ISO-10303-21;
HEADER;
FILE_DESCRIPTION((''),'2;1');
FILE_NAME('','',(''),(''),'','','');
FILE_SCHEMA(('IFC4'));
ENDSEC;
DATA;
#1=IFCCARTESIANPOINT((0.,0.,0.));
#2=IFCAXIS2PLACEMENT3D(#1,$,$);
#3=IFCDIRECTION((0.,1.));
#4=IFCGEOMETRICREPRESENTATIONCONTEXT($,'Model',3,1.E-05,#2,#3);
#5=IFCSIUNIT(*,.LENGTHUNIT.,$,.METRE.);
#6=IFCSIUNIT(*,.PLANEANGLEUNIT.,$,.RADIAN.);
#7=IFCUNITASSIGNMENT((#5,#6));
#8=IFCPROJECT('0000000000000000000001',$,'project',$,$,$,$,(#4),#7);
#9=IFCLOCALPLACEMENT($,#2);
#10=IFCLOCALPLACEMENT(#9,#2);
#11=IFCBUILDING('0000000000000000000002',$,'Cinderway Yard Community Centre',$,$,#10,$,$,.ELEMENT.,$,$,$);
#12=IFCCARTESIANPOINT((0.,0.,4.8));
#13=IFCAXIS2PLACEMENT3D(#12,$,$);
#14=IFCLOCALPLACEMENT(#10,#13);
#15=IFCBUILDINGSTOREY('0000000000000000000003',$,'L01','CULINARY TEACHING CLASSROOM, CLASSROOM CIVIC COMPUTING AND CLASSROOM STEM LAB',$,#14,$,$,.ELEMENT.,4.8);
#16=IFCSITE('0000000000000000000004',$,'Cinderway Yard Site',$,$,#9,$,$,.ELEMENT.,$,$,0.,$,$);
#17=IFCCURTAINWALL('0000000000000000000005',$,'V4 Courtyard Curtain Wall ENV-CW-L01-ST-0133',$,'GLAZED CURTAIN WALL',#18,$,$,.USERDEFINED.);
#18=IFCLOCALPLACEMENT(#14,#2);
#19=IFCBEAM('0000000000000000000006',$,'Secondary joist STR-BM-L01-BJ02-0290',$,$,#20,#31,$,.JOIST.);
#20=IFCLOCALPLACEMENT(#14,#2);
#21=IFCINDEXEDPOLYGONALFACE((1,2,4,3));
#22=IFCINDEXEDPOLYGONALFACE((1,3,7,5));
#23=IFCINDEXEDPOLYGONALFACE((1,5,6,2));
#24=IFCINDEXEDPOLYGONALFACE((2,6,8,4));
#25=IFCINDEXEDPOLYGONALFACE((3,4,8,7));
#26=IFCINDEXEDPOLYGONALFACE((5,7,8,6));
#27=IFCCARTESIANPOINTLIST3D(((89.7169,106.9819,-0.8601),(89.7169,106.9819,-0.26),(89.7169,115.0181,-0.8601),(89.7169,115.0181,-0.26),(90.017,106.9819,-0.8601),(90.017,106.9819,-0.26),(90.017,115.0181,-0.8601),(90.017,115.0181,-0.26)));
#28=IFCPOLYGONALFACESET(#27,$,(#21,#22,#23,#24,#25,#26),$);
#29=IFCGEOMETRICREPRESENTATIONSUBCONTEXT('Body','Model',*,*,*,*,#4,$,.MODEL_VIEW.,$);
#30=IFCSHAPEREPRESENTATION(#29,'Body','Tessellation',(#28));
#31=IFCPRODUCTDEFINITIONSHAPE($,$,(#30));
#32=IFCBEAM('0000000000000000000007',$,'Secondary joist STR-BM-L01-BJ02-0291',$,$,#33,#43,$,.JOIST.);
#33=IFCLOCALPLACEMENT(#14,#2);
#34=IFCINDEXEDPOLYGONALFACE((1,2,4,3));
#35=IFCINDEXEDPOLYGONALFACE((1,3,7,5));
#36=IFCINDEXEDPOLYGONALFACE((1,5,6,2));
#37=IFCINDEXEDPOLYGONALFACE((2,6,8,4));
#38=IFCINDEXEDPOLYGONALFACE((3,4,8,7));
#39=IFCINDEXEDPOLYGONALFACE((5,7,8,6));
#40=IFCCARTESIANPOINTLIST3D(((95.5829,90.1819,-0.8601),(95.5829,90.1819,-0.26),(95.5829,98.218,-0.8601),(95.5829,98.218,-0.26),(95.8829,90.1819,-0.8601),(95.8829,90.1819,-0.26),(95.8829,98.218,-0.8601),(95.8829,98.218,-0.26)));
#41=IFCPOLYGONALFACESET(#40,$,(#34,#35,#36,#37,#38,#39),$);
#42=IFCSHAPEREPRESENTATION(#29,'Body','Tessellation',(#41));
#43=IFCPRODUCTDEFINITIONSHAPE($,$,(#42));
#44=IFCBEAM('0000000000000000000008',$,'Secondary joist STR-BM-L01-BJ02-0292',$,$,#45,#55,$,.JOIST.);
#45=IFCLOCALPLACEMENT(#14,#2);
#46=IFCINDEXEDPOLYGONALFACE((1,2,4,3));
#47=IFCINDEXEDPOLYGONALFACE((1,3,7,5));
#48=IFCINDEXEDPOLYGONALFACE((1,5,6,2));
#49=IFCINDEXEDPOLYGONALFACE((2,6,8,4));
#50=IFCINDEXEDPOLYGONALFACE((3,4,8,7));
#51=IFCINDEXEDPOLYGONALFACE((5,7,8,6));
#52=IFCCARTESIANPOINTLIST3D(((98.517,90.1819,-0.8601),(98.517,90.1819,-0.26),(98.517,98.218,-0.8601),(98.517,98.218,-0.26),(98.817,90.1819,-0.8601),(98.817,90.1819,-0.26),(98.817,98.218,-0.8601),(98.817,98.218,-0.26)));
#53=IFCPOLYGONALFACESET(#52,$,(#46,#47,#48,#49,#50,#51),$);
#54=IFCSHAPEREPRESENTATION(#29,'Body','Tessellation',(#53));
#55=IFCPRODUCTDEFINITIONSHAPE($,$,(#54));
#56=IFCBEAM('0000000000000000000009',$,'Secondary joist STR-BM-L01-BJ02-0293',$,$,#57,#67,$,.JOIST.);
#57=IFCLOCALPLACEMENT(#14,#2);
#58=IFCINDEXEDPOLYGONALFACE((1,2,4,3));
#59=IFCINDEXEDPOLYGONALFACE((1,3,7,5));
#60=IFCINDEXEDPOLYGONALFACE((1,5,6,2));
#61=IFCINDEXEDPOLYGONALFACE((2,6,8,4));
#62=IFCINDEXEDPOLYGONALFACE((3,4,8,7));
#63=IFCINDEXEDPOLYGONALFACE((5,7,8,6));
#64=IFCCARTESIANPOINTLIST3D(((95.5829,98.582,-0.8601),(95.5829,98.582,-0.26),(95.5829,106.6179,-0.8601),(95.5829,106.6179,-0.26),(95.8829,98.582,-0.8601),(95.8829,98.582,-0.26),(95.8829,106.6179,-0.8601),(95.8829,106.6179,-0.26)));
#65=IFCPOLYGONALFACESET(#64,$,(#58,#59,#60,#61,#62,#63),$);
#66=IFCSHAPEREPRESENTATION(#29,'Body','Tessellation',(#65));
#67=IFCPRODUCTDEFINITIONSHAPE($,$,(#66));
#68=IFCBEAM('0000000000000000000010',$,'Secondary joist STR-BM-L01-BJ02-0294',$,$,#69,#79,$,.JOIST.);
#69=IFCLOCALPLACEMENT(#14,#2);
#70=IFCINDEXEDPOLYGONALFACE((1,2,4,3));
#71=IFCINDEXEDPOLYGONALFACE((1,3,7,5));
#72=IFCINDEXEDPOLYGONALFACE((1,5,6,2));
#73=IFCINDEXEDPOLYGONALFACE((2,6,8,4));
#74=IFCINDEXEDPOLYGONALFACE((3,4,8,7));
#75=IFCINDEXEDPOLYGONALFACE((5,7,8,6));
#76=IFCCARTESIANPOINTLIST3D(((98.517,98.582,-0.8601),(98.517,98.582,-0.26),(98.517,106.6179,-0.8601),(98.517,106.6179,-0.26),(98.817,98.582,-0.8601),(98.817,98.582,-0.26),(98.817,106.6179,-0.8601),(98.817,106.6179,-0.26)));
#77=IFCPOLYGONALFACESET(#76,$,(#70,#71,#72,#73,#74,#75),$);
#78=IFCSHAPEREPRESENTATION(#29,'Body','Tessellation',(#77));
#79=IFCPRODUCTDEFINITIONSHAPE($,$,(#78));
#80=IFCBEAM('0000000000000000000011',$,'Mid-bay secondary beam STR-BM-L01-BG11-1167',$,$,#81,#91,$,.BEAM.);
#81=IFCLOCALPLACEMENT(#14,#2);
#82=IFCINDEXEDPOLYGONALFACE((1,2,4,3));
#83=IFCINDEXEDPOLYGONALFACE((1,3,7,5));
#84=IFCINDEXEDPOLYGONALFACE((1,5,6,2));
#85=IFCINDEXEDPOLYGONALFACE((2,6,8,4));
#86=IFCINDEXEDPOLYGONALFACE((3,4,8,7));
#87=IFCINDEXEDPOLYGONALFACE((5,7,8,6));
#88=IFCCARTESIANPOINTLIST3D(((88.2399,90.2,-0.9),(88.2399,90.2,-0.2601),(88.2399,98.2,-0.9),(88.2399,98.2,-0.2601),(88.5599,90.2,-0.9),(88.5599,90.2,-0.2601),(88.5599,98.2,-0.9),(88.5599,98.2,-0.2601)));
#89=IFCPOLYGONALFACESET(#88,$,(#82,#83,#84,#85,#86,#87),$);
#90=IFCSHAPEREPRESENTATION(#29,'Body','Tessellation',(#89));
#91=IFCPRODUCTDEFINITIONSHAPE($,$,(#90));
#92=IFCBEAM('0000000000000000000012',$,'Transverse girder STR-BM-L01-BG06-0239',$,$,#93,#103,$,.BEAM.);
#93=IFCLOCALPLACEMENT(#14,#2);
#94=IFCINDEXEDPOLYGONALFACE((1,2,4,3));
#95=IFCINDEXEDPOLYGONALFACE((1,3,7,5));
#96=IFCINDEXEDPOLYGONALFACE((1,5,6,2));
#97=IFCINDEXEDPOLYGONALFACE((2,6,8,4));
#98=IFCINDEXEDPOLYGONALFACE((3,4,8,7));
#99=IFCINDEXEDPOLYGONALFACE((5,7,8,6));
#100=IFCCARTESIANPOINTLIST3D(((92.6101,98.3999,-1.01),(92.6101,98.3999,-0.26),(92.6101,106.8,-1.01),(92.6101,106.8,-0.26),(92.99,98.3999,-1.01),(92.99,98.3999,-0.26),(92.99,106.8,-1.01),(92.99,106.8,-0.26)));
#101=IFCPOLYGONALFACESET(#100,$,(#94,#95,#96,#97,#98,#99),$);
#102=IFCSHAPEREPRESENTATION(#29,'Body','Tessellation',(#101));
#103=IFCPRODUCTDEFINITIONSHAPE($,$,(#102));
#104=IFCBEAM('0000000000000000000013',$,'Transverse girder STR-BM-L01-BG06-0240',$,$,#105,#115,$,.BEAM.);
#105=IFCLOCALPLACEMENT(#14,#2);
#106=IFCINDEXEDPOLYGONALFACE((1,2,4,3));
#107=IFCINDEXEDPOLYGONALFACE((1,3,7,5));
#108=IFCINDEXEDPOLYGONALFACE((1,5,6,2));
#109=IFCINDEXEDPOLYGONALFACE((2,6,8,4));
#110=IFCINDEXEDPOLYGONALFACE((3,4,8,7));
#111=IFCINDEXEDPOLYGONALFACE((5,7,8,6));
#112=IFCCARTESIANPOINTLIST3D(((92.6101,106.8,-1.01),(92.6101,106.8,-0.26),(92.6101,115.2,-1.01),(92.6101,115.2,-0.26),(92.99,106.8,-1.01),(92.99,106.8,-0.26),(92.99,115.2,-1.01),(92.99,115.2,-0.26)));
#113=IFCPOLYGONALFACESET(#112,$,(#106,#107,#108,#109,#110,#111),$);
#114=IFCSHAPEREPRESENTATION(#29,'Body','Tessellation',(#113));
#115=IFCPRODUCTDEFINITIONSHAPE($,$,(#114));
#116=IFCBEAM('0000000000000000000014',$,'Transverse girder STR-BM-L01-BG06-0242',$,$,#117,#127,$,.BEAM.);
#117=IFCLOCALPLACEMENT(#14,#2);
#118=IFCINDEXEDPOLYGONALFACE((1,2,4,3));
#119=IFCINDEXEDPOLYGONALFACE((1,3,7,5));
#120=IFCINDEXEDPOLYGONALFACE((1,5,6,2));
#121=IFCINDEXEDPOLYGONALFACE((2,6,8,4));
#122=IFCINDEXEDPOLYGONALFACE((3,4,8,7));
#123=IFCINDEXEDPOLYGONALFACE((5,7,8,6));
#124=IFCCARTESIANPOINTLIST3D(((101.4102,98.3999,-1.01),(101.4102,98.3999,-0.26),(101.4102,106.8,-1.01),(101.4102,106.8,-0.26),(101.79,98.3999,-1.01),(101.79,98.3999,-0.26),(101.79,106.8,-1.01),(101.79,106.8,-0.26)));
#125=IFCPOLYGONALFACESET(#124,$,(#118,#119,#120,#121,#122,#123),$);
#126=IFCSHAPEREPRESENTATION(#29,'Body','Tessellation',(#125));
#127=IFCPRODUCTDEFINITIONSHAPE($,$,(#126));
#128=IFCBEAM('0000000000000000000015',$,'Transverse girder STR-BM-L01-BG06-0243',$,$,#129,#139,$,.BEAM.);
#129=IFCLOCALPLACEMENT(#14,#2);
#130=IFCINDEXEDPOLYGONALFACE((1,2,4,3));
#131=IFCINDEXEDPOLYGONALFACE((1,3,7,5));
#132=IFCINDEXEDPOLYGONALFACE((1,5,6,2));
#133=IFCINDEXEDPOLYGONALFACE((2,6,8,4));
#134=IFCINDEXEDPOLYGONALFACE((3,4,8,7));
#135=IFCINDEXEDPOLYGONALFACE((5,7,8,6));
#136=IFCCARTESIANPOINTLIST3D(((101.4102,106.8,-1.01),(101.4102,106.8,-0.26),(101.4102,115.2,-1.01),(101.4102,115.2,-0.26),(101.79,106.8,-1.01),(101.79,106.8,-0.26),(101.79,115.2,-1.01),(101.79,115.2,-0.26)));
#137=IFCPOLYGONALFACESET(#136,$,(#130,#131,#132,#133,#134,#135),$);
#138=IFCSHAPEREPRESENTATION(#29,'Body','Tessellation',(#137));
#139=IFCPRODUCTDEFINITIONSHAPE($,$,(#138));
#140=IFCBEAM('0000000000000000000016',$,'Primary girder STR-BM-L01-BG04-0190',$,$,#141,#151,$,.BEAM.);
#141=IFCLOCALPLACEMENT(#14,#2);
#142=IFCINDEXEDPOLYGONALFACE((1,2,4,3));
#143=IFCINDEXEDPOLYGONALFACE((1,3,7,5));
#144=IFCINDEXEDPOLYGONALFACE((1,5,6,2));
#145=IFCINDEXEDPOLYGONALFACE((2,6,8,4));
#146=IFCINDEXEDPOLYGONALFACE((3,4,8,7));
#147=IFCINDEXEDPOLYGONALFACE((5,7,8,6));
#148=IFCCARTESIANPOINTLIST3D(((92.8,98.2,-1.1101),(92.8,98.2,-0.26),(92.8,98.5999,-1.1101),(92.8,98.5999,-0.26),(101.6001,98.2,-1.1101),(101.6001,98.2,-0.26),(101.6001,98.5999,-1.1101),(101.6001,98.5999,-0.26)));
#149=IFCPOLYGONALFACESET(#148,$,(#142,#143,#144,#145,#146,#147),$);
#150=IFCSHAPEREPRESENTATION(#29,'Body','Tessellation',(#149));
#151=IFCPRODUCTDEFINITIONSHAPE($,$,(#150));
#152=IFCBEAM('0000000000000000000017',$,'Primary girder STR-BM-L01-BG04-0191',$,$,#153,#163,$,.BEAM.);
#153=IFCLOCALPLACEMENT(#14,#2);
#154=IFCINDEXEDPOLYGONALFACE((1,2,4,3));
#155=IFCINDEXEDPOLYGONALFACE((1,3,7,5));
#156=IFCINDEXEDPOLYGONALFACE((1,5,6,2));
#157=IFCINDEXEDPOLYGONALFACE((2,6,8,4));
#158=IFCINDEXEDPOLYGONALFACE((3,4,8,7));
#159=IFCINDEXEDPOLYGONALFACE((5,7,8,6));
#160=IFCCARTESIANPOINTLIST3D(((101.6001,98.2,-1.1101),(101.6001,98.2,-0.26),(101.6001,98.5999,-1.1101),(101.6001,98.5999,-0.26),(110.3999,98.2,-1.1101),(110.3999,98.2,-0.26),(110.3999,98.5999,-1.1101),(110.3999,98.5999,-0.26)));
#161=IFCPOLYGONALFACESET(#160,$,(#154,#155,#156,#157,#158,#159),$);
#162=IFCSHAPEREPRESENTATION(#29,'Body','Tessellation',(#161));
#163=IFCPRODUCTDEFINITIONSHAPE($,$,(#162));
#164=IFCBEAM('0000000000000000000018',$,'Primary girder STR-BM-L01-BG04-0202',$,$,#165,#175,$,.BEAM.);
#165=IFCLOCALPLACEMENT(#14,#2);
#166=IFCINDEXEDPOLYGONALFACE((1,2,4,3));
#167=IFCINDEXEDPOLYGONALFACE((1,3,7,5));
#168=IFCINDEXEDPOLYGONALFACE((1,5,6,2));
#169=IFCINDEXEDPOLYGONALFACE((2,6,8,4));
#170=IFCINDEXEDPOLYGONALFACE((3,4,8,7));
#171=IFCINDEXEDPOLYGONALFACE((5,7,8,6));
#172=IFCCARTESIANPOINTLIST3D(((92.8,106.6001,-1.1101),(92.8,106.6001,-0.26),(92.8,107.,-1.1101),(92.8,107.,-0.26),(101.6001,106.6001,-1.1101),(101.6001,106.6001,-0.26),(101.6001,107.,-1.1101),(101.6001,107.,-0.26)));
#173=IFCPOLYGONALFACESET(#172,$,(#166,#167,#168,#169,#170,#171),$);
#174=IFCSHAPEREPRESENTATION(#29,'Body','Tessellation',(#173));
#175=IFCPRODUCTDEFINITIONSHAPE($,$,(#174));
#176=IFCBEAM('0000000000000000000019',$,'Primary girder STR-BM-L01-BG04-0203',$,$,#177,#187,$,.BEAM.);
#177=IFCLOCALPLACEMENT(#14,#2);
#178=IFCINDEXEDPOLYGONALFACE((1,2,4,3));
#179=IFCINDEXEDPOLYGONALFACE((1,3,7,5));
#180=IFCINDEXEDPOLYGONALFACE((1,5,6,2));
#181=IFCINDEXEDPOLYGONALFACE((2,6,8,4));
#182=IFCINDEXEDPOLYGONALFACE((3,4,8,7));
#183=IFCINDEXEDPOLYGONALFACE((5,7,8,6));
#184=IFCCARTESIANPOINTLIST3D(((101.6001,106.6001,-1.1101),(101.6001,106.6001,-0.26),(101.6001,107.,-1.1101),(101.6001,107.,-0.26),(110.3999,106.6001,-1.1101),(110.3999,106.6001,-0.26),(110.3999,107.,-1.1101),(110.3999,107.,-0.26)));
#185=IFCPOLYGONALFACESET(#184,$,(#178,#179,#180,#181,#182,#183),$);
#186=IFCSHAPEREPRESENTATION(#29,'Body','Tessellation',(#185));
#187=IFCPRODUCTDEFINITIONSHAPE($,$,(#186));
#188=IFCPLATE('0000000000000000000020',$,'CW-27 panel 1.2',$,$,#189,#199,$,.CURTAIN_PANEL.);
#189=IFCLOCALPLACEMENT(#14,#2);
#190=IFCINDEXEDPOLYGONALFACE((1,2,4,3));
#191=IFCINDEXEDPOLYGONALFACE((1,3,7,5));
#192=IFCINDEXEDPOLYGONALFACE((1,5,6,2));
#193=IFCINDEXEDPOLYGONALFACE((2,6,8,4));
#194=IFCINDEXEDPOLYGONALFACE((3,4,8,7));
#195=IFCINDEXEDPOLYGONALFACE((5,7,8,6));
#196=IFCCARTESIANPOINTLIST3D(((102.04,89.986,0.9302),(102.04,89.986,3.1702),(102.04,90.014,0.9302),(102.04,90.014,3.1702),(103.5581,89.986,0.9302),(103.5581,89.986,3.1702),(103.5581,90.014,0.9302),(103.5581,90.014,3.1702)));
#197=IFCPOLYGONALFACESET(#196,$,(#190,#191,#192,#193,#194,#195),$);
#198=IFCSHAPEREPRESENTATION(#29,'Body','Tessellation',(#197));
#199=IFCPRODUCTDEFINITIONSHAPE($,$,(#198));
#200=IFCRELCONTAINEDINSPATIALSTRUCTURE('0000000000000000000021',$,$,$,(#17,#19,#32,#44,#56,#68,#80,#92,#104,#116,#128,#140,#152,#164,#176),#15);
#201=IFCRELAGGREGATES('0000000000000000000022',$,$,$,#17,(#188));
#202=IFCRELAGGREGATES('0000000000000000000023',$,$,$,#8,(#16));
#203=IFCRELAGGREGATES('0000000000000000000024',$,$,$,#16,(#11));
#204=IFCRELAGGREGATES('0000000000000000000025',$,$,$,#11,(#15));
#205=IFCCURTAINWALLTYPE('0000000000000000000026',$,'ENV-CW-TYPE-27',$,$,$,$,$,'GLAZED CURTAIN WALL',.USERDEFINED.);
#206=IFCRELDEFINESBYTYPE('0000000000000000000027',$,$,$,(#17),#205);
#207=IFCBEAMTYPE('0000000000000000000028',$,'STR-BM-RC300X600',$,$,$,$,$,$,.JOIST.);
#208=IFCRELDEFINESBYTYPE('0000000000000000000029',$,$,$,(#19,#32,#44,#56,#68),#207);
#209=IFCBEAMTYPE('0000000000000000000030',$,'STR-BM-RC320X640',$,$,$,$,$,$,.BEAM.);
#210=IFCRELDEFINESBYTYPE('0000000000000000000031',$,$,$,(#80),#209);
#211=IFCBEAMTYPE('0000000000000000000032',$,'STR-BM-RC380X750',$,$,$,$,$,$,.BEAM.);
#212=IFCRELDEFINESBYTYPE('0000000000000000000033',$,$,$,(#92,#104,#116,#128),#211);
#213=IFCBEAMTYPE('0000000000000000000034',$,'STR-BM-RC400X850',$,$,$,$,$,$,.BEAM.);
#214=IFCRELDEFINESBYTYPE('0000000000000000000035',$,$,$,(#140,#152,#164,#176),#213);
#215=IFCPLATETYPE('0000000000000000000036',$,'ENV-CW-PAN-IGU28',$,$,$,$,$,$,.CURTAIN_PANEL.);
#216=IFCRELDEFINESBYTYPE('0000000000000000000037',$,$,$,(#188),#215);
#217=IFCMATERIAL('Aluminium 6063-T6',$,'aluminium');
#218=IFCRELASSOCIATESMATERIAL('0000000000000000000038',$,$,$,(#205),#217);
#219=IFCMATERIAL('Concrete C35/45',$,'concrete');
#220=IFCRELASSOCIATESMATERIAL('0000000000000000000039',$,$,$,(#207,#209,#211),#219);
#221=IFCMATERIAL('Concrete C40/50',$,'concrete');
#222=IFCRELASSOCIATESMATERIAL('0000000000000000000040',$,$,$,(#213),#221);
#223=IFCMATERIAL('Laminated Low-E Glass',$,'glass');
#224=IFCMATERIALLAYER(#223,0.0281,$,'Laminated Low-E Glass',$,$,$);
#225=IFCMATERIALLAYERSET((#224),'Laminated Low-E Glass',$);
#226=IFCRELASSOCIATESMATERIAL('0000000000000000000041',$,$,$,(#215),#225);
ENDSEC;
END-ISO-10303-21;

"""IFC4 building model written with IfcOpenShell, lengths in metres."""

from ifc_helpers import new_model, si_unit, direction, frame, origin, origin_2d, place, context, subcontext, project, spatial, rectangle, extrude, material, layer, layer_set, material_profile, profile_set, type_object, element, aggregate, save


model = new_model("IFC4")

# Units and contexts
model_context = context("Model", 3, precision=1e-05, world=origin(), true_north=direction((0.0, 1.0)))
body_context = subcontext(model_context, "Body", "Model", "MODEL_VIEW")
ifc_project = project(units=[si_unit("LENGTHUNIT", "METRE"), si_unit("PLANEANGLEUNIT", "RADIAN")], contexts=[model_context])

# Site, building, storey
site_placement = place(None, origin())
site = spatial("IfcSite", under=ifc_project, at=site_placement, Name="Cinderway Yard Site", CompositionType="ELEMENT", RefElevation=0.0)
building_placement = place(site_placement, origin())
building = spatial("IfcBuilding", under=site, at=building_placement, Name="Cinderway Yard Community Centre", CompositionType="ELEMENT")
storey_placement = place(building_placement, frame((0.0, 0.0, 4.8)))
storey = spatial("IfcBuildingStorey", under=building, at=storey_placement, Name="L01", Description="CULINARY TEACHING CLASSROOM, CLASSROOM CIVIC COMPUTING AND CLASSROOM STEM LAB", CompositionType="ELEMENT", Elevation=4.8)

# Shared definitions
ifc_material_1 = material(Name="Concrete C40/50", Category="concrete")

# Curtain wall
ifc_material_2 = material(Name="Aluminium 6063-T6", Category="aluminium")
curtain_wall_type = type_object("IfcCurtainWallType", Name="ENV-CW-TYPE-27", ElementType="GLAZED CURTAIN WALL", PredefinedType="USERDEFINED", material=ifc_material_2)
curtain_wall_placement = place(storey_placement, origin())
curtain_wall = element("IfcCurtainWall", 1, at=curtain_wall_placement, inside=storey, type_object=curtain_wall_type, Name="V4 Courtyard Curtain Wall ENV-CW-L01-ST-0133", ObjectType="GLAZED CURTAIN WALL", PredefinedType="USERDEFINED")

# Beams
ifc_material_3 = material(Name="Concrete C35/45", Category="concrete")
ifc_material_profile_1 = material_profile(ifc_material_3, rectangle(XDim=0.3, YDim=0.6001, at=origin_2d()), Name="Concrete C35/45")
ifc_profile_set_1 = profile_set([ifc_material_profile_1], Name="Concrete C35/45")
beam_type_1 = type_object("IfcBeamType", Name="STR-BM-RC300X600", PredefinedType="JOIST", material=ifc_profile_set_1)
for number, where, z_axis, x_axis, name in (
    (2, (89.8669, 106.9819, -0.5601), (0.0, 1.0, 0.0), (-1.0, 0.0, 0.0), "Secondary joist STR-BM-L01-BJ02-0290"),
    (3, (95.7329, 90.1819, -0.5601), (0.0, 1.0, 0.0), (-1.0, 0.0, 0.0), "Secondary joist STR-BM-L01-BJ02-0291"),
    (4, (98.667, 90.1819, -0.5601), (0.0, 1.0, 0.0), (-1.0, 0.0, 0.0), "Secondary joist STR-BM-L01-BJ02-0292"),
):
    element("IfcBeam", number, at=place(storey_placement, frame(where, z_axis=z_axis, x_axis=x_axis)), inside=storey, type_object=beam_type_1, Name=name, PredefinedType="JOIST", context=body_context, shape_type="SweptSolid", body=[
        extrude(rectangle(XDim=0.3, YDim=0.6001, at=origin_2d()), origin(), (0.0, 0.0, 1.0), 8.0361),
    ])
for number, where, z_axis, x_axis, name in (
    (5, (95.7329, 98.582, -0.5601), (0.0, 1.0, 0.0), (-1.0, 0.0, 0.0), "Secondary joist STR-BM-L01-BJ02-0293"),
    (6, (98.667, 98.582, -0.5601), (0.0, 1.0, 0.0), (-1.0, 0.0, 0.0), "Secondary joist STR-BM-L01-BJ02-0294"),
):
    element("IfcBeam", number, at=place(storey_placement, frame(where, z_axis=z_axis, x_axis=x_axis)), inside=storey, type_object=beam_type_1, Name=name, PredefinedType="JOIST", context=body_context, shape_type="SweptSolid", body=[
        extrude(rectangle(XDim=0.3, YDim=0.6001, at=origin_2d()), origin(), (0.0, 0.0, 1.0), 8.0359),
    ])
ifc_material_profile_2 = material_profile(ifc_material_3, rectangle(XDim=0.3201, YDim=0.6399, at=origin_2d()), Name="Concrete C35/45")
ifc_profile_set_2 = profile_set([ifc_material_profile_2], Name="Concrete C35/45")
beam_type_2 = type_object("IfcBeamType", Name="STR-BM-RC320X640", PredefinedType="BEAM", material=ifc_profile_set_2)
beam_1_placement = place(storey_placement, frame((88.3999, 90.2, -0.5801), z_axis=(0.0, 1.0, 0.0), x_axis=(-1.0, 0.0, 0.0)))
element("IfcBeam", 7, at=beam_1_placement, inside=storey, type_object=beam_type_2, Name="Mid-bay secondary beam STR-BM-L01-BG11-1167", PredefinedType="BEAM", context=body_context, shape_type="SweptSolid", body=[
    extrude(rectangle(XDim=0.3201, YDim=0.6399, at=origin_2d()), origin(), (0.0, 0.0, 1.0), 8.0),
])
ifc_material_profile_3 = material_profile(ifc_material_3, rectangle(XDim=0.3799, YDim=0.75, at=origin_2d()), Name="Concrete C35/45")
ifc_profile_set_3 = profile_set([ifc_material_profile_3], Name="Concrete C35/45")
beam_type_3 = type_object("IfcBeamType", Name="STR-BM-RC380X750", PredefinedType="BEAM", material=ifc_profile_set_3)
beam_2_placement = place(storey_placement, frame((92.8, 98.3999, -0.635), z_axis=(0.0, 1.0, 0.0), x_axis=(-1.0, 0.0, 0.0)))
element("IfcBeam", 8, at=beam_2_placement, inside=storey, type_object=beam_type_3, Name="Transverse girder STR-BM-L01-BG06-0239", PredefinedType="BEAM", context=body_context, shape_type="SweptSolid", body=[
    extrude(rectangle(XDim=0.3799, YDim=0.75, at=origin_2d()), origin(), (0.0, 0.0, 1.0), 8.4001),
])
beam_3_placement = place(storey_placement, frame((92.8, 106.8, -0.635), z_axis=(0.0, 1.0, 0.0), x_axis=(-1.0, 0.0, 0.0)))
element("IfcBeam", 9, at=beam_3_placement, inside=storey, type_object=beam_type_3, Name="Transverse girder STR-BM-L01-BG06-0240", PredefinedType="BEAM", context=body_context, shape_type="SweptSolid", body=[
    extrude(rectangle(XDim=0.3799, YDim=0.75, at=origin_2d()), origin(), (0.0, 0.0, 1.0), 8.3999),
])
beam_4_placement = place(storey_placement, frame((101.6001, 98.3999, -0.635), z_axis=(0.0, 1.0, 0.0), x_axis=(-1.0, 0.0, 0.0)))
element("IfcBeam", 10, at=beam_4_placement, inside=storey, type_object=beam_type_3, Name="Transverse girder STR-BM-L01-BG06-0242", PredefinedType="BEAM", context=body_context, shape_type="SweptSolid", body=[
    extrude(rectangle(XDim=0.3799, YDim=0.75, at=origin_2d()), origin(), (0.0, 0.0, 1.0), 8.4001),
])
beam_5_placement = place(storey_placement, frame((101.6001, 106.8, -0.635), z_axis=(0.0, 1.0, 0.0), x_axis=(-1.0, 0.0, 0.0)))
element("IfcBeam", 11, at=beam_5_placement, inside=storey, type_object=beam_type_3, Name="Transverse girder STR-BM-L01-BG06-0243", PredefinedType="BEAM", context=body_context, shape_type="SweptSolid", body=[
    extrude(rectangle(XDim=0.3799, YDim=0.75, at=origin_2d()), origin(), (0.0, 0.0, 1.0), 8.3999),
])
ifc_material_profile_4 = material_profile(ifc_material_1, rectangle(XDim=0.3999, YDim=0.8501, at=origin_2d()), Name="Concrete C40/50")
ifc_profile_set_4 = profile_set([ifc_material_profile_4], Name="Concrete C40/50")
beam_type_4 = type_object("IfcBeamType", Name="STR-BM-RC400X850", PredefinedType="BEAM", material=ifc_profile_set_4)
beam_6_placement = place(storey_placement, frame((92.8, 98.3999, -0.6851), z_axis=(1.0, 0.0, 0.0), x_axis=(0.0, 1.0, 0.0)))
element("IfcBeam", 12, at=beam_6_placement, inside=storey, type_object=beam_type_4, Name="Primary girder STR-BM-L01-BG04-0190", PredefinedType="BEAM", context=body_context, shape_type="SweptSolid", body=[
    extrude(rectangle(XDim=0.3999, YDim=0.8501, at=origin_2d()), origin(), (0.0, 0.0, 1.0), 8.8),
])
beam_7_placement = place(storey_placement, frame((101.6001, 98.3999, -0.6851), z_axis=(1.0, 0.0, 0.0), x_axis=(0.0, 1.0, 0.0)))
element("IfcBeam", 13, at=beam_7_placement, inside=storey, type_object=beam_type_4, Name="Primary girder STR-BM-L01-BG04-0191", PredefinedType="BEAM", context=body_context, shape_type="SweptSolid", body=[
    extrude(rectangle(XDim=0.3999, YDim=0.8501, at=origin_2d()), origin(), (0.0, 0.0, 1.0), 8.7998),
])
beam_8_placement = place(storey_placement, frame((92.8, 106.8, -0.6851), z_axis=(1.0, 0.0, 0.0), x_axis=(0.0, 1.0, 0.0)))
element("IfcBeam", 14, at=beam_8_placement, inside=storey, type_object=beam_type_4, Name="Primary girder STR-BM-L01-BG04-0202", PredefinedType="BEAM", context=body_context, shape_type="SweptSolid", body=[
    extrude(rectangle(XDim=0.3999, YDim=0.8501, at=origin_2d()), origin(), (0.0, 0.0, 1.0), 8.8),
])
beam_9_placement = place(storey_placement, frame((101.6001, 106.8, -0.6851), z_axis=(1.0, 0.0, 0.0), x_axis=(0.0, 1.0, 0.0)))
element("IfcBeam", 15, at=beam_9_placement, inside=storey, type_object=beam_type_4, Name="Primary girder STR-BM-L01-BG04-0203", PredefinedType="BEAM", context=body_context, shape_type="SweptSolid", body=[
    extrude(rectangle(XDim=0.3999, YDim=0.8501, at=origin_2d()), origin(), (0.0, 0.0, 1.0), 8.7998),
])

# Plate
ifc_material_4 = material(Name="Laminated Low-E Glass", Category="glass")
ifc_layer_1 = layer(ifc_material_4, 0.0281, Name="Laminated Low-E Glass")
ifc_layer_set_1 = layer_set([ifc_layer_1], Name="Laminated Low-E Glass")
plate_type = type_object("IfcPlateType", Name="ENV-CW-PAN-IGU28", PredefinedType="CURTAIN_PANEL", material=ifc_layer_set_1)
plate_1_placement = place(storey_placement, frame((102.7991, 90.0, 0.9302), z_axis=(0.0, 0.0, 1.0), x_axis=(1.0, 0.0, 0.0)))
plate_1 = element("IfcPlate", 16, at=plate_1_placement, type_object=plate_type, Name="CW-27 panel 1.2", PredefinedType="CURTAIN_PANEL", context=body_context, shape_type="SweptSolid", body=[
    extrude(rectangle(XDim=1.5181, YDim=0.0281, at=origin_2d()), origin(), (0.0, 0.0, 1.0), 2.24),
])
aggregate(curtain_wall, [plate_1])

save(model, "model.ifc")
